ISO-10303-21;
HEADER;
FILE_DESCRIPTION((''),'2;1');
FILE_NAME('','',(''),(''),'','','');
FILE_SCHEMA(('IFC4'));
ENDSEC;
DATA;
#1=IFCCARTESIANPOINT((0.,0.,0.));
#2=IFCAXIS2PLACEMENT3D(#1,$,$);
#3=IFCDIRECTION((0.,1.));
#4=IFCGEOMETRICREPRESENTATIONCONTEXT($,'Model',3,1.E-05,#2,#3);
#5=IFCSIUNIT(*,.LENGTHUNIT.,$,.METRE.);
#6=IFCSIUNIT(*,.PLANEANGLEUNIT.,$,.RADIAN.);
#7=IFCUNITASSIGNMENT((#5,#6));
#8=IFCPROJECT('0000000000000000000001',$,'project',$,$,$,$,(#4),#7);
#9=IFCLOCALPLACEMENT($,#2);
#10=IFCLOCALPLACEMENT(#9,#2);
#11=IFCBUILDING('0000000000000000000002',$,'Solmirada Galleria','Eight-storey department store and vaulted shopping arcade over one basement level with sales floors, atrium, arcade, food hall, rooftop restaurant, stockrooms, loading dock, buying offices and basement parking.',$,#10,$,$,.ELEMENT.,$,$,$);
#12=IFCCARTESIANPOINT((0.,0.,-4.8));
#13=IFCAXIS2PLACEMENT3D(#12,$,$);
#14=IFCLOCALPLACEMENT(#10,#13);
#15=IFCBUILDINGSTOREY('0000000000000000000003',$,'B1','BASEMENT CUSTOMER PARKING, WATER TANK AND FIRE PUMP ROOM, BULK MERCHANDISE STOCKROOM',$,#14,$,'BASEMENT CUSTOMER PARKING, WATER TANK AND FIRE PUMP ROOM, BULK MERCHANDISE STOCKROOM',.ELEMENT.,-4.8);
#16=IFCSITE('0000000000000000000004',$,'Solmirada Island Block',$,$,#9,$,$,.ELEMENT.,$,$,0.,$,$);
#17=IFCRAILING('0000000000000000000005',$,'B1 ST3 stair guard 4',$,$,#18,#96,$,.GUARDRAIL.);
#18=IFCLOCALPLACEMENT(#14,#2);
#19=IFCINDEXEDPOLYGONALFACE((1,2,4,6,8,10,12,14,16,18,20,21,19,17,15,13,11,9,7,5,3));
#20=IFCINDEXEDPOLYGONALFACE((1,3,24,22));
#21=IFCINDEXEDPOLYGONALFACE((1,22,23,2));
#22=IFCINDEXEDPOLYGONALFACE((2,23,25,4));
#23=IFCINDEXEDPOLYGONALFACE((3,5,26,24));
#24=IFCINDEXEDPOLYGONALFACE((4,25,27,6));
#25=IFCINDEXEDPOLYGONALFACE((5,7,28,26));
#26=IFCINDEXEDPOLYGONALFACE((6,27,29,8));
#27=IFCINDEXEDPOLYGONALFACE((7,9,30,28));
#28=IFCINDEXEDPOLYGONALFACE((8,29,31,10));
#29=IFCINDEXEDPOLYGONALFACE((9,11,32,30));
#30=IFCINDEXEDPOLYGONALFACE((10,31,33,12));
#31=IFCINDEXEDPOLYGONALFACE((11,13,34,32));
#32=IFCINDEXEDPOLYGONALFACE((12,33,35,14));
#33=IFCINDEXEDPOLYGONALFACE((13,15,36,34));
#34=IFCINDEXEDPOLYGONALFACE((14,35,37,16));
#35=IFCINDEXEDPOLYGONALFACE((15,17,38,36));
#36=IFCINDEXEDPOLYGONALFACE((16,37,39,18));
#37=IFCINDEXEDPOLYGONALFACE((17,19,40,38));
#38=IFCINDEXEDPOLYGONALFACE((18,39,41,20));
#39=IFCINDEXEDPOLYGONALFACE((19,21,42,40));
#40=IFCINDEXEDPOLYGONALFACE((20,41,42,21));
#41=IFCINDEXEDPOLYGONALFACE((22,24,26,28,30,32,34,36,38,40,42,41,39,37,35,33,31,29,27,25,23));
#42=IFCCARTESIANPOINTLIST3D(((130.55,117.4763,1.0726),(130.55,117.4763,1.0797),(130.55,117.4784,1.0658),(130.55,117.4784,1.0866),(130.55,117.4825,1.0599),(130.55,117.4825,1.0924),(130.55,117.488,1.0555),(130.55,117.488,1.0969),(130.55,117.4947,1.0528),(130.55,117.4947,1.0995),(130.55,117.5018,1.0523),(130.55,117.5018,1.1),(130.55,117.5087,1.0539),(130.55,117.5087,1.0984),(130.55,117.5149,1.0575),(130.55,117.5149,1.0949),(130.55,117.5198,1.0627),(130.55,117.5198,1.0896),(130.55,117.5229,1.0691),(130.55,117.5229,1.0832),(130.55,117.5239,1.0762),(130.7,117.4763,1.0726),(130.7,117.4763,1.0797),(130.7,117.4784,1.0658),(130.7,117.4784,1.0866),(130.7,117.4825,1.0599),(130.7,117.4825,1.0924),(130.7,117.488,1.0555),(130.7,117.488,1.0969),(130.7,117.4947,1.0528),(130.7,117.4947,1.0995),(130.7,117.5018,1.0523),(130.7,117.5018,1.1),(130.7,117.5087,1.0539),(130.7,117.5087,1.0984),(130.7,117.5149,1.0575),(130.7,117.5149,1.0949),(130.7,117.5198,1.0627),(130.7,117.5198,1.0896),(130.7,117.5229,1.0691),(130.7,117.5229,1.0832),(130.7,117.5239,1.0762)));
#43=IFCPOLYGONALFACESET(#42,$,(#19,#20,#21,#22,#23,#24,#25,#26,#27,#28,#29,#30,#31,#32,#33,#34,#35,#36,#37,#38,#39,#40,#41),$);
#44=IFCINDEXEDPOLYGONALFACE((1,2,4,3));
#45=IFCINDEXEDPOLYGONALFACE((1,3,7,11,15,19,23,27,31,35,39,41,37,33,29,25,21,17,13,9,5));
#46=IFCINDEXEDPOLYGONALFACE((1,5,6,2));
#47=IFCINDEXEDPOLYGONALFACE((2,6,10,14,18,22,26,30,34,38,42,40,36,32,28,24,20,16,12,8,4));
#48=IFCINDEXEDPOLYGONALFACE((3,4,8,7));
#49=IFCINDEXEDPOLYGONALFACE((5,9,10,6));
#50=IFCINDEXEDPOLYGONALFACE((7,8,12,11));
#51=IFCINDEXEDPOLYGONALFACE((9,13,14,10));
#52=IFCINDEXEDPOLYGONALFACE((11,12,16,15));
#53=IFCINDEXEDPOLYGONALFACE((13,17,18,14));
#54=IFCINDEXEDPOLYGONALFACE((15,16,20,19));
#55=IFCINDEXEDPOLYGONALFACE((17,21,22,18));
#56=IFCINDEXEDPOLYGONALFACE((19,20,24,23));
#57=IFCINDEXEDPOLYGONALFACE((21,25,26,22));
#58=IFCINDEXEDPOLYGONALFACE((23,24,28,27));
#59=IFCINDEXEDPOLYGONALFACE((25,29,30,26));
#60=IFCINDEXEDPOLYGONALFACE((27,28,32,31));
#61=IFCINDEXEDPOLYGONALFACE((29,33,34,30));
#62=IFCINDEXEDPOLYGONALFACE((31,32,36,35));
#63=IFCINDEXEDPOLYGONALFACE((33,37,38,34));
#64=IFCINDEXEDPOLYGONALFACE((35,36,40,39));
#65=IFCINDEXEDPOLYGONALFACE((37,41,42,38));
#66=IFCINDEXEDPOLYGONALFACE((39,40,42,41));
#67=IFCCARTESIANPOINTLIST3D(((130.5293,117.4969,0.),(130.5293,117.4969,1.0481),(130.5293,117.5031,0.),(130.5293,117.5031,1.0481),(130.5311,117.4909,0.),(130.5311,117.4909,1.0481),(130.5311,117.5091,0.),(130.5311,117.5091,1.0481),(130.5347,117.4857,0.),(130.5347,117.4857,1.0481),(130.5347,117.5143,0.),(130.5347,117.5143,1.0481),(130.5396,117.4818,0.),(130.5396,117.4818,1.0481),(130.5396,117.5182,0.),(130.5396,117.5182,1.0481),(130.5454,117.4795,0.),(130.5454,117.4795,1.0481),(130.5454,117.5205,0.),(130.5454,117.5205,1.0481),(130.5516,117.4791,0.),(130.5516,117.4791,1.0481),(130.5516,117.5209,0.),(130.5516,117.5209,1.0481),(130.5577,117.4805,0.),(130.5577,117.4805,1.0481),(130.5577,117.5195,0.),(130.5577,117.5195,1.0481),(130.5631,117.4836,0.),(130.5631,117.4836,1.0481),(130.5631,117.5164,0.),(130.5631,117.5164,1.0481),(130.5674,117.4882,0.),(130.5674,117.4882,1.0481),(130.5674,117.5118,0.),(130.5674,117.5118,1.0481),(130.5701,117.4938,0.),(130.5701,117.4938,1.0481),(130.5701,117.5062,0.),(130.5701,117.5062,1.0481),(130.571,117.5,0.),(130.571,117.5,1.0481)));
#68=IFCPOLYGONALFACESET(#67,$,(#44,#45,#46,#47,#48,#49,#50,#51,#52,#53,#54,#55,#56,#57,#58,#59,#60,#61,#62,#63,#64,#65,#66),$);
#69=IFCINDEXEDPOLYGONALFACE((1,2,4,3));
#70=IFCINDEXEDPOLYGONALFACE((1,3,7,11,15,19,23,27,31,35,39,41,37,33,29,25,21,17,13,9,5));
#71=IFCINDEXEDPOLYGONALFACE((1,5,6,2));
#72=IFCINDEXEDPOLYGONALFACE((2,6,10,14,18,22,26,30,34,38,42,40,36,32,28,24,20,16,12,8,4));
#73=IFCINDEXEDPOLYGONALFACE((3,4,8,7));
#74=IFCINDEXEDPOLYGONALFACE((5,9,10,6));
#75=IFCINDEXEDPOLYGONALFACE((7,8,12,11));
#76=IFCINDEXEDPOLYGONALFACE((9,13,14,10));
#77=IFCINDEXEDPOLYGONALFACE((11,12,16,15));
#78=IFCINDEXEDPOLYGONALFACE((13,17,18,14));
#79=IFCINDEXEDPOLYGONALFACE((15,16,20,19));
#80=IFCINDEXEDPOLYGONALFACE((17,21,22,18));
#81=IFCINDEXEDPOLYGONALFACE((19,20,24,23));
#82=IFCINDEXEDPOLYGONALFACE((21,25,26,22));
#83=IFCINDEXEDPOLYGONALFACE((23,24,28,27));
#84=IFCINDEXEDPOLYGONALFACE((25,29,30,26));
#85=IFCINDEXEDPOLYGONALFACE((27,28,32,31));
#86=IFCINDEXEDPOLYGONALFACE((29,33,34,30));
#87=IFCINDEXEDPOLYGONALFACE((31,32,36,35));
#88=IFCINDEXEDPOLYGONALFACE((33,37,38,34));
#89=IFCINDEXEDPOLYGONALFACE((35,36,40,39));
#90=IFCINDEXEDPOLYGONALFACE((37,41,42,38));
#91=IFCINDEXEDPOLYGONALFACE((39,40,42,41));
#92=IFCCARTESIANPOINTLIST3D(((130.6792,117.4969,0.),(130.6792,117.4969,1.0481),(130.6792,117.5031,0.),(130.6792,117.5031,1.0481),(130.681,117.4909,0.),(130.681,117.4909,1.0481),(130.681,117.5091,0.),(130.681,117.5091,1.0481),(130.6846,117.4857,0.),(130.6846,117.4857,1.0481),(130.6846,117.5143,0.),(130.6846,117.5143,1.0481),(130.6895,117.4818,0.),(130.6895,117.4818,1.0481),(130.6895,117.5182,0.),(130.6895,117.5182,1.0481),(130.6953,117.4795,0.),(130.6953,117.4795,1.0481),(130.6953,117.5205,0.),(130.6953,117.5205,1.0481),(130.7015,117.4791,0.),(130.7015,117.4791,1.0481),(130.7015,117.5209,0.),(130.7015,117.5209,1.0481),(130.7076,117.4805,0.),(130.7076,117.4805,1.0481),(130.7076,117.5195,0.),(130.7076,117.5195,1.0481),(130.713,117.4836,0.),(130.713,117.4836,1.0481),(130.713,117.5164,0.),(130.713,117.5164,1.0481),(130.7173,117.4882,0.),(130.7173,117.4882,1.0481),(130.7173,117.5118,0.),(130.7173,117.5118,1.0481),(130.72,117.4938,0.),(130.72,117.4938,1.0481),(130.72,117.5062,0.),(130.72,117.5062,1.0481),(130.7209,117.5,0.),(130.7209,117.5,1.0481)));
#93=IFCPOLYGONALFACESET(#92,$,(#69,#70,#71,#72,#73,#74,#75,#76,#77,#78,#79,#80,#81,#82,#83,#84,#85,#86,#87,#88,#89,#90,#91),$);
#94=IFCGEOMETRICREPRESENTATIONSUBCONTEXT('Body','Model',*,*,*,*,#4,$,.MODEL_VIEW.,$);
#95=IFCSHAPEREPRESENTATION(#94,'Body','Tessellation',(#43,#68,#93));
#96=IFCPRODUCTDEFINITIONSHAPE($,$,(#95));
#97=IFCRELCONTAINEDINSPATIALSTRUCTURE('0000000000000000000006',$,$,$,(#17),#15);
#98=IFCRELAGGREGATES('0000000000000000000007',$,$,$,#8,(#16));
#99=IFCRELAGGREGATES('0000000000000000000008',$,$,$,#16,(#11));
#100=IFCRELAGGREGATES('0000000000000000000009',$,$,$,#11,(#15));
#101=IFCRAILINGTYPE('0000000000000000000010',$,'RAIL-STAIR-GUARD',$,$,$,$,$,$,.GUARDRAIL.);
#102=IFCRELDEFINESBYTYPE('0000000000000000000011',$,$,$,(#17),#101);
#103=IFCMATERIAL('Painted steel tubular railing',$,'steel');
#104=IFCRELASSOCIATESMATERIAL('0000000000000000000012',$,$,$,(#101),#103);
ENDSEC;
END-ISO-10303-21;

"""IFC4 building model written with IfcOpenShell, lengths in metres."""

from ifc_helpers import new_model, si_unit, direction, frame, origin, origin_2d, place, context, subcontext, project, spatial, circle, extrude, material, type_object, element, save


model = new_model("IFC4")

# Units and contexts
model_context = context("Model", 3, precision=1e-05, world=origin(), true_north=direction((0.0, 1.0)))
body_context = subcontext(model_context, "Body", "Model", "MODEL_VIEW")
ifc_project = project(units=[si_unit("LENGTHUNIT", "METRE"), si_unit("PLANEANGLEUNIT", "RADIAN")], contexts=[model_context])

# Site, building, storey
site_placement = place(None, origin())
site = spatial("IfcSite", under=ifc_project, at=site_placement, Name="Solmirada Island Block", CompositionType="ELEMENT", RefElevation=0.0)
building_placement = place(site_placement, origin())
building = spatial("IfcBuilding", under=site, at=building_placement, Name="Solmirada Galleria", Description="Eight-storey department store and vaulted shopping arcade over one basement level with sales floors, atrium, arcade, food hall, rooftop restaurant, stockrooms, loading dock, buying offices and basement parking.", CompositionType="ELEMENT")
storey_placement = place(building_placement, frame((0.0, 0.0, -4.8)))
storey = spatial("IfcBuildingStorey", under=building, at=storey_placement, Name="B1", Description="BASEMENT CUSTOMER PARKING, WATER TANK AND FIRE PUMP ROOM, BULK MERCHANDISE STOCKROOM", LongName="BASEMENT CUSTOMER PARKING, WATER TANK AND FIRE PUMP ROOM, BULK MERCHANDISE STOCKROOM", CompositionType="ELEMENT", Elevation=-4.8)

# Railing
ifc_material_1 = material(Name="Painted steel tubular railing", Category="steel")
railing_type_1 = type_object("IfcRailingType", Name="RAIL-STAIR-GUARD", PredefinedType="GUARDRAIL", material=ifc_material_1)
railing_1_placement = place(storey_placement, frame((130.55, 117.5, 0.0)))
element("IfcRailing", 1, at=railing_1_placement, inside=storey, type_object=railing_type_1, Name="B1 ST3 stair guard 4", PredefinedType="GUARDRAIL", context=body_context, shape_type="SweptSolid", body=[
    extrude(circle(Radius=0.0239, at=origin_2d()), frame((0.0, 0.0, 1.0762), z_axis=(1.0, 0.0, 0.0), x_axis=(0.0, 1.0, 0.0)), (0.0, 0.0, 1.0), 0.1499),
    extrude(circle(Radius=0.021, at=origin_2d()), origin(), (0.0, 0.0, 1.0), 1.0481),
    extrude(circle(Radius=0.021, at=origin_2d()), frame((0.1499, 0.0, 0.0)), (0.0, 0.0, 1.0), 1.0481),
])

save(model, "model.ifc")
